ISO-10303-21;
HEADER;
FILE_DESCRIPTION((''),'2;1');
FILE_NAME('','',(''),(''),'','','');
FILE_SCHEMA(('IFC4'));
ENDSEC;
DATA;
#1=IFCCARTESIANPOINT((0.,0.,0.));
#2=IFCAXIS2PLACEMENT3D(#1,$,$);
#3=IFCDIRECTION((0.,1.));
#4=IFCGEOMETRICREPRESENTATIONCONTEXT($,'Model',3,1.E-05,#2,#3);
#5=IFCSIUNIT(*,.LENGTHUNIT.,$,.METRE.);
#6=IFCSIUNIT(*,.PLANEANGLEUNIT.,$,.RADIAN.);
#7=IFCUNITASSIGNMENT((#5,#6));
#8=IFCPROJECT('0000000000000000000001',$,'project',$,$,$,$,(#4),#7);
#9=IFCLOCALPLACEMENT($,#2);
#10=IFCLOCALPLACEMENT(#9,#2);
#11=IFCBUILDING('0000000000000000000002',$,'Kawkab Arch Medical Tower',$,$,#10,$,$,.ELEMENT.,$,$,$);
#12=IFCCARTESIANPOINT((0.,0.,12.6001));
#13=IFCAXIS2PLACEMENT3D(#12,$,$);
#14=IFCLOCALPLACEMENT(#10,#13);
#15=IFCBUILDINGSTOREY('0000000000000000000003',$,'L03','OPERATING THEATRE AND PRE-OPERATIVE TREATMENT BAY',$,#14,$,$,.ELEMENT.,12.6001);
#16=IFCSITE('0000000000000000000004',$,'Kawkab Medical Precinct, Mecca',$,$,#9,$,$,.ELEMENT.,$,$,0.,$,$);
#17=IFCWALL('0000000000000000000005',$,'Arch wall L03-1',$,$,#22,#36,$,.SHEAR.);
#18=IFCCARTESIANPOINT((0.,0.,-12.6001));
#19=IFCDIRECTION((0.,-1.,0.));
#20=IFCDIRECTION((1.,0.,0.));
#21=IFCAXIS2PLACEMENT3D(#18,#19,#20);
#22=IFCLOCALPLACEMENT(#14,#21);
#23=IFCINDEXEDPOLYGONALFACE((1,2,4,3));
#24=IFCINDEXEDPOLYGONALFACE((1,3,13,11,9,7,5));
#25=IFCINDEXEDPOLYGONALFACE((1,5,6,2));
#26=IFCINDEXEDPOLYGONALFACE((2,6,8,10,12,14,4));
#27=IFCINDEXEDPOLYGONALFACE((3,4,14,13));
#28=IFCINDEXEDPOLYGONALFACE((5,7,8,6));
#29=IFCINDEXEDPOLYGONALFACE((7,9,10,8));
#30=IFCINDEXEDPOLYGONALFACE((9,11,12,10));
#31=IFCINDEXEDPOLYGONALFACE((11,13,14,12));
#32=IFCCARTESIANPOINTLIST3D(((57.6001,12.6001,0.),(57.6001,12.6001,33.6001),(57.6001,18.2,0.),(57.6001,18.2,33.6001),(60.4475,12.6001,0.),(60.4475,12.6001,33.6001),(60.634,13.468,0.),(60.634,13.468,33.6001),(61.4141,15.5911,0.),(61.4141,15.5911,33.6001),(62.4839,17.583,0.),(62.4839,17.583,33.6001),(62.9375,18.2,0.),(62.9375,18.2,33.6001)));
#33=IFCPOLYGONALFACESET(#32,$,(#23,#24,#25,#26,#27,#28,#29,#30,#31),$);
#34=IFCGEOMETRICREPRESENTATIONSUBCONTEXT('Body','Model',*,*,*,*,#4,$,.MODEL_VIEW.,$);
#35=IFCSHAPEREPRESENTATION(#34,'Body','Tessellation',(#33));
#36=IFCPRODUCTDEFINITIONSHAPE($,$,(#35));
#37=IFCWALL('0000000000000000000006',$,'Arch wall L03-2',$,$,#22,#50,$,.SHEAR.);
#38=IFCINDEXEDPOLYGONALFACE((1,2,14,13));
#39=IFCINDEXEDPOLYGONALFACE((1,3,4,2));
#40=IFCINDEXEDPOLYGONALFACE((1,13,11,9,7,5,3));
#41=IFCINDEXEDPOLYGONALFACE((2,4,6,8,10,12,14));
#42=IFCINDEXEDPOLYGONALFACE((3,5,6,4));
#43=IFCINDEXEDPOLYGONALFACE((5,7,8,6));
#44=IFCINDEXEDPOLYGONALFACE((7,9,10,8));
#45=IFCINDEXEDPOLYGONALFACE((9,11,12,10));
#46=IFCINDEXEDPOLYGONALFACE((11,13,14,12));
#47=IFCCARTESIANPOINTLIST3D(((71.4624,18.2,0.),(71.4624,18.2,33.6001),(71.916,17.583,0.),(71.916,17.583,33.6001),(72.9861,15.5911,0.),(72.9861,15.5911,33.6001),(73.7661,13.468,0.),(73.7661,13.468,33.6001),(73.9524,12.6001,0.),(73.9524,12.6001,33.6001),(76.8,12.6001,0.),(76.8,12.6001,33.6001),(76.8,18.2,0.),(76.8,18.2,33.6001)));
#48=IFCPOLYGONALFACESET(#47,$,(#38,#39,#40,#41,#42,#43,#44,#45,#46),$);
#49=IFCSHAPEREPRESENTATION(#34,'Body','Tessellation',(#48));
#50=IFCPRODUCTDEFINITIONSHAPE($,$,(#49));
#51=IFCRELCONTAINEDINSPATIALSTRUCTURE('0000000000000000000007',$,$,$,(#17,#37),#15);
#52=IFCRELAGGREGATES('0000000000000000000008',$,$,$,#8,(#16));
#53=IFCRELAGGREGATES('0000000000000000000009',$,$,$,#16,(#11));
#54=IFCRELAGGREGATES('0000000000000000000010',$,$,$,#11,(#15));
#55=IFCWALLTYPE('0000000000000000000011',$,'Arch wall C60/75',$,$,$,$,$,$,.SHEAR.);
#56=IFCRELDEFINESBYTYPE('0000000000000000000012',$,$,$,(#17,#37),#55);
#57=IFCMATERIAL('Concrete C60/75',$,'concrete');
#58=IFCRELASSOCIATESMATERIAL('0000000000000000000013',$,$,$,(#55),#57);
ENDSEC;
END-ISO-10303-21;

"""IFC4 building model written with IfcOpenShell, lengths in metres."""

from ifc_helpers import new_model, si_unit, direction, frame, origin, place, context, subcontext, project, spatial, polyline, outline, extrude, material, type_object, element, save


model = new_model("IFC4")

# Units and contexts
model_context = context("Model", 3, precision=1e-05, world=origin(), true_north=direction((0.0, 1.0)))
body_context = subcontext(model_context, "Body", "Model", "MODEL_VIEW")
ifc_project = project(units=[si_unit("LENGTHUNIT", "METRE"), si_unit("PLANEANGLEUNIT", "RADIAN")], contexts=[model_context])

# Site, building, storey
site_placement = place(None, origin())
site = spatial("IfcSite", under=ifc_project, at=site_placement, Name="Kawkab Medical Precinct, Mecca", CompositionType="ELEMENT", RefElevation=0.0)
building_placement = place(site_placement, origin())
building = spatial("IfcBuilding", under=site, at=building_placement, Name="Kawkab Arch Medical Tower", CompositionType="ELEMENT")
storey_placement = place(building_placement, frame((0.0, 0.0, 12.6001)))
storey = spatial("IfcBuildingStorey", under=building, at=storey_placement, Name="L03", Description="OPERATING THEATRE AND PRE-OPERATIVE TREATMENT BAY", CompositionType="ELEMENT", Elevation=12.6001)

# Walls
ifc_material_1 = material(Name="Concrete C60/75", Category="concrete")
wall_type = type_object("IfcWallType", Name="Arch wall C60/75", PredefinedType="SHEAR", material=ifc_material_1)
placement = place(storey_placement, frame((0.0, 0.0, -12.6001), z_axis=(0.0, -1.0, 0.0), x_axis=(1.0, 0.0, 0.0)))
element("IfcWall", 1, at=placement, inside=storey, type_object=wall_type, Name="Arch wall L03-1", PredefinedType="SHEAR", context=body_context, shape_type="SweptSolid", body=[
    extrude(outline(polyline([(62.9375, 18.2), (62.4839, 17.583), (61.4141, 15.5911), (60.634, 13.468), (60.4475, 12.6001), (57.6001, 12.6001), (57.6001, 18.2), (62.9375, 18.2)])), origin(), (0.0, 0.0, 1.0), 33.6001),
])
element("IfcWall", 2, at=placement, inside=storey, type_object=wall_type, Name="Arch wall L03-2", PredefinedType="SHEAR", context=body_context, shape_type="SweptSolid", body=[
    extrude(outline(polyline([(73.9524, 12.6001), (73.7661, 13.468), (72.9861, 15.5911), (71.916, 17.583), (71.4624, 18.2), (76.8, 18.2), (76.8, 12.6001), (73.9524, 12.6001)])), origin(), (0.0, 0.0, 1.0), 33.6001),
])

save(model, "model.ifc")
